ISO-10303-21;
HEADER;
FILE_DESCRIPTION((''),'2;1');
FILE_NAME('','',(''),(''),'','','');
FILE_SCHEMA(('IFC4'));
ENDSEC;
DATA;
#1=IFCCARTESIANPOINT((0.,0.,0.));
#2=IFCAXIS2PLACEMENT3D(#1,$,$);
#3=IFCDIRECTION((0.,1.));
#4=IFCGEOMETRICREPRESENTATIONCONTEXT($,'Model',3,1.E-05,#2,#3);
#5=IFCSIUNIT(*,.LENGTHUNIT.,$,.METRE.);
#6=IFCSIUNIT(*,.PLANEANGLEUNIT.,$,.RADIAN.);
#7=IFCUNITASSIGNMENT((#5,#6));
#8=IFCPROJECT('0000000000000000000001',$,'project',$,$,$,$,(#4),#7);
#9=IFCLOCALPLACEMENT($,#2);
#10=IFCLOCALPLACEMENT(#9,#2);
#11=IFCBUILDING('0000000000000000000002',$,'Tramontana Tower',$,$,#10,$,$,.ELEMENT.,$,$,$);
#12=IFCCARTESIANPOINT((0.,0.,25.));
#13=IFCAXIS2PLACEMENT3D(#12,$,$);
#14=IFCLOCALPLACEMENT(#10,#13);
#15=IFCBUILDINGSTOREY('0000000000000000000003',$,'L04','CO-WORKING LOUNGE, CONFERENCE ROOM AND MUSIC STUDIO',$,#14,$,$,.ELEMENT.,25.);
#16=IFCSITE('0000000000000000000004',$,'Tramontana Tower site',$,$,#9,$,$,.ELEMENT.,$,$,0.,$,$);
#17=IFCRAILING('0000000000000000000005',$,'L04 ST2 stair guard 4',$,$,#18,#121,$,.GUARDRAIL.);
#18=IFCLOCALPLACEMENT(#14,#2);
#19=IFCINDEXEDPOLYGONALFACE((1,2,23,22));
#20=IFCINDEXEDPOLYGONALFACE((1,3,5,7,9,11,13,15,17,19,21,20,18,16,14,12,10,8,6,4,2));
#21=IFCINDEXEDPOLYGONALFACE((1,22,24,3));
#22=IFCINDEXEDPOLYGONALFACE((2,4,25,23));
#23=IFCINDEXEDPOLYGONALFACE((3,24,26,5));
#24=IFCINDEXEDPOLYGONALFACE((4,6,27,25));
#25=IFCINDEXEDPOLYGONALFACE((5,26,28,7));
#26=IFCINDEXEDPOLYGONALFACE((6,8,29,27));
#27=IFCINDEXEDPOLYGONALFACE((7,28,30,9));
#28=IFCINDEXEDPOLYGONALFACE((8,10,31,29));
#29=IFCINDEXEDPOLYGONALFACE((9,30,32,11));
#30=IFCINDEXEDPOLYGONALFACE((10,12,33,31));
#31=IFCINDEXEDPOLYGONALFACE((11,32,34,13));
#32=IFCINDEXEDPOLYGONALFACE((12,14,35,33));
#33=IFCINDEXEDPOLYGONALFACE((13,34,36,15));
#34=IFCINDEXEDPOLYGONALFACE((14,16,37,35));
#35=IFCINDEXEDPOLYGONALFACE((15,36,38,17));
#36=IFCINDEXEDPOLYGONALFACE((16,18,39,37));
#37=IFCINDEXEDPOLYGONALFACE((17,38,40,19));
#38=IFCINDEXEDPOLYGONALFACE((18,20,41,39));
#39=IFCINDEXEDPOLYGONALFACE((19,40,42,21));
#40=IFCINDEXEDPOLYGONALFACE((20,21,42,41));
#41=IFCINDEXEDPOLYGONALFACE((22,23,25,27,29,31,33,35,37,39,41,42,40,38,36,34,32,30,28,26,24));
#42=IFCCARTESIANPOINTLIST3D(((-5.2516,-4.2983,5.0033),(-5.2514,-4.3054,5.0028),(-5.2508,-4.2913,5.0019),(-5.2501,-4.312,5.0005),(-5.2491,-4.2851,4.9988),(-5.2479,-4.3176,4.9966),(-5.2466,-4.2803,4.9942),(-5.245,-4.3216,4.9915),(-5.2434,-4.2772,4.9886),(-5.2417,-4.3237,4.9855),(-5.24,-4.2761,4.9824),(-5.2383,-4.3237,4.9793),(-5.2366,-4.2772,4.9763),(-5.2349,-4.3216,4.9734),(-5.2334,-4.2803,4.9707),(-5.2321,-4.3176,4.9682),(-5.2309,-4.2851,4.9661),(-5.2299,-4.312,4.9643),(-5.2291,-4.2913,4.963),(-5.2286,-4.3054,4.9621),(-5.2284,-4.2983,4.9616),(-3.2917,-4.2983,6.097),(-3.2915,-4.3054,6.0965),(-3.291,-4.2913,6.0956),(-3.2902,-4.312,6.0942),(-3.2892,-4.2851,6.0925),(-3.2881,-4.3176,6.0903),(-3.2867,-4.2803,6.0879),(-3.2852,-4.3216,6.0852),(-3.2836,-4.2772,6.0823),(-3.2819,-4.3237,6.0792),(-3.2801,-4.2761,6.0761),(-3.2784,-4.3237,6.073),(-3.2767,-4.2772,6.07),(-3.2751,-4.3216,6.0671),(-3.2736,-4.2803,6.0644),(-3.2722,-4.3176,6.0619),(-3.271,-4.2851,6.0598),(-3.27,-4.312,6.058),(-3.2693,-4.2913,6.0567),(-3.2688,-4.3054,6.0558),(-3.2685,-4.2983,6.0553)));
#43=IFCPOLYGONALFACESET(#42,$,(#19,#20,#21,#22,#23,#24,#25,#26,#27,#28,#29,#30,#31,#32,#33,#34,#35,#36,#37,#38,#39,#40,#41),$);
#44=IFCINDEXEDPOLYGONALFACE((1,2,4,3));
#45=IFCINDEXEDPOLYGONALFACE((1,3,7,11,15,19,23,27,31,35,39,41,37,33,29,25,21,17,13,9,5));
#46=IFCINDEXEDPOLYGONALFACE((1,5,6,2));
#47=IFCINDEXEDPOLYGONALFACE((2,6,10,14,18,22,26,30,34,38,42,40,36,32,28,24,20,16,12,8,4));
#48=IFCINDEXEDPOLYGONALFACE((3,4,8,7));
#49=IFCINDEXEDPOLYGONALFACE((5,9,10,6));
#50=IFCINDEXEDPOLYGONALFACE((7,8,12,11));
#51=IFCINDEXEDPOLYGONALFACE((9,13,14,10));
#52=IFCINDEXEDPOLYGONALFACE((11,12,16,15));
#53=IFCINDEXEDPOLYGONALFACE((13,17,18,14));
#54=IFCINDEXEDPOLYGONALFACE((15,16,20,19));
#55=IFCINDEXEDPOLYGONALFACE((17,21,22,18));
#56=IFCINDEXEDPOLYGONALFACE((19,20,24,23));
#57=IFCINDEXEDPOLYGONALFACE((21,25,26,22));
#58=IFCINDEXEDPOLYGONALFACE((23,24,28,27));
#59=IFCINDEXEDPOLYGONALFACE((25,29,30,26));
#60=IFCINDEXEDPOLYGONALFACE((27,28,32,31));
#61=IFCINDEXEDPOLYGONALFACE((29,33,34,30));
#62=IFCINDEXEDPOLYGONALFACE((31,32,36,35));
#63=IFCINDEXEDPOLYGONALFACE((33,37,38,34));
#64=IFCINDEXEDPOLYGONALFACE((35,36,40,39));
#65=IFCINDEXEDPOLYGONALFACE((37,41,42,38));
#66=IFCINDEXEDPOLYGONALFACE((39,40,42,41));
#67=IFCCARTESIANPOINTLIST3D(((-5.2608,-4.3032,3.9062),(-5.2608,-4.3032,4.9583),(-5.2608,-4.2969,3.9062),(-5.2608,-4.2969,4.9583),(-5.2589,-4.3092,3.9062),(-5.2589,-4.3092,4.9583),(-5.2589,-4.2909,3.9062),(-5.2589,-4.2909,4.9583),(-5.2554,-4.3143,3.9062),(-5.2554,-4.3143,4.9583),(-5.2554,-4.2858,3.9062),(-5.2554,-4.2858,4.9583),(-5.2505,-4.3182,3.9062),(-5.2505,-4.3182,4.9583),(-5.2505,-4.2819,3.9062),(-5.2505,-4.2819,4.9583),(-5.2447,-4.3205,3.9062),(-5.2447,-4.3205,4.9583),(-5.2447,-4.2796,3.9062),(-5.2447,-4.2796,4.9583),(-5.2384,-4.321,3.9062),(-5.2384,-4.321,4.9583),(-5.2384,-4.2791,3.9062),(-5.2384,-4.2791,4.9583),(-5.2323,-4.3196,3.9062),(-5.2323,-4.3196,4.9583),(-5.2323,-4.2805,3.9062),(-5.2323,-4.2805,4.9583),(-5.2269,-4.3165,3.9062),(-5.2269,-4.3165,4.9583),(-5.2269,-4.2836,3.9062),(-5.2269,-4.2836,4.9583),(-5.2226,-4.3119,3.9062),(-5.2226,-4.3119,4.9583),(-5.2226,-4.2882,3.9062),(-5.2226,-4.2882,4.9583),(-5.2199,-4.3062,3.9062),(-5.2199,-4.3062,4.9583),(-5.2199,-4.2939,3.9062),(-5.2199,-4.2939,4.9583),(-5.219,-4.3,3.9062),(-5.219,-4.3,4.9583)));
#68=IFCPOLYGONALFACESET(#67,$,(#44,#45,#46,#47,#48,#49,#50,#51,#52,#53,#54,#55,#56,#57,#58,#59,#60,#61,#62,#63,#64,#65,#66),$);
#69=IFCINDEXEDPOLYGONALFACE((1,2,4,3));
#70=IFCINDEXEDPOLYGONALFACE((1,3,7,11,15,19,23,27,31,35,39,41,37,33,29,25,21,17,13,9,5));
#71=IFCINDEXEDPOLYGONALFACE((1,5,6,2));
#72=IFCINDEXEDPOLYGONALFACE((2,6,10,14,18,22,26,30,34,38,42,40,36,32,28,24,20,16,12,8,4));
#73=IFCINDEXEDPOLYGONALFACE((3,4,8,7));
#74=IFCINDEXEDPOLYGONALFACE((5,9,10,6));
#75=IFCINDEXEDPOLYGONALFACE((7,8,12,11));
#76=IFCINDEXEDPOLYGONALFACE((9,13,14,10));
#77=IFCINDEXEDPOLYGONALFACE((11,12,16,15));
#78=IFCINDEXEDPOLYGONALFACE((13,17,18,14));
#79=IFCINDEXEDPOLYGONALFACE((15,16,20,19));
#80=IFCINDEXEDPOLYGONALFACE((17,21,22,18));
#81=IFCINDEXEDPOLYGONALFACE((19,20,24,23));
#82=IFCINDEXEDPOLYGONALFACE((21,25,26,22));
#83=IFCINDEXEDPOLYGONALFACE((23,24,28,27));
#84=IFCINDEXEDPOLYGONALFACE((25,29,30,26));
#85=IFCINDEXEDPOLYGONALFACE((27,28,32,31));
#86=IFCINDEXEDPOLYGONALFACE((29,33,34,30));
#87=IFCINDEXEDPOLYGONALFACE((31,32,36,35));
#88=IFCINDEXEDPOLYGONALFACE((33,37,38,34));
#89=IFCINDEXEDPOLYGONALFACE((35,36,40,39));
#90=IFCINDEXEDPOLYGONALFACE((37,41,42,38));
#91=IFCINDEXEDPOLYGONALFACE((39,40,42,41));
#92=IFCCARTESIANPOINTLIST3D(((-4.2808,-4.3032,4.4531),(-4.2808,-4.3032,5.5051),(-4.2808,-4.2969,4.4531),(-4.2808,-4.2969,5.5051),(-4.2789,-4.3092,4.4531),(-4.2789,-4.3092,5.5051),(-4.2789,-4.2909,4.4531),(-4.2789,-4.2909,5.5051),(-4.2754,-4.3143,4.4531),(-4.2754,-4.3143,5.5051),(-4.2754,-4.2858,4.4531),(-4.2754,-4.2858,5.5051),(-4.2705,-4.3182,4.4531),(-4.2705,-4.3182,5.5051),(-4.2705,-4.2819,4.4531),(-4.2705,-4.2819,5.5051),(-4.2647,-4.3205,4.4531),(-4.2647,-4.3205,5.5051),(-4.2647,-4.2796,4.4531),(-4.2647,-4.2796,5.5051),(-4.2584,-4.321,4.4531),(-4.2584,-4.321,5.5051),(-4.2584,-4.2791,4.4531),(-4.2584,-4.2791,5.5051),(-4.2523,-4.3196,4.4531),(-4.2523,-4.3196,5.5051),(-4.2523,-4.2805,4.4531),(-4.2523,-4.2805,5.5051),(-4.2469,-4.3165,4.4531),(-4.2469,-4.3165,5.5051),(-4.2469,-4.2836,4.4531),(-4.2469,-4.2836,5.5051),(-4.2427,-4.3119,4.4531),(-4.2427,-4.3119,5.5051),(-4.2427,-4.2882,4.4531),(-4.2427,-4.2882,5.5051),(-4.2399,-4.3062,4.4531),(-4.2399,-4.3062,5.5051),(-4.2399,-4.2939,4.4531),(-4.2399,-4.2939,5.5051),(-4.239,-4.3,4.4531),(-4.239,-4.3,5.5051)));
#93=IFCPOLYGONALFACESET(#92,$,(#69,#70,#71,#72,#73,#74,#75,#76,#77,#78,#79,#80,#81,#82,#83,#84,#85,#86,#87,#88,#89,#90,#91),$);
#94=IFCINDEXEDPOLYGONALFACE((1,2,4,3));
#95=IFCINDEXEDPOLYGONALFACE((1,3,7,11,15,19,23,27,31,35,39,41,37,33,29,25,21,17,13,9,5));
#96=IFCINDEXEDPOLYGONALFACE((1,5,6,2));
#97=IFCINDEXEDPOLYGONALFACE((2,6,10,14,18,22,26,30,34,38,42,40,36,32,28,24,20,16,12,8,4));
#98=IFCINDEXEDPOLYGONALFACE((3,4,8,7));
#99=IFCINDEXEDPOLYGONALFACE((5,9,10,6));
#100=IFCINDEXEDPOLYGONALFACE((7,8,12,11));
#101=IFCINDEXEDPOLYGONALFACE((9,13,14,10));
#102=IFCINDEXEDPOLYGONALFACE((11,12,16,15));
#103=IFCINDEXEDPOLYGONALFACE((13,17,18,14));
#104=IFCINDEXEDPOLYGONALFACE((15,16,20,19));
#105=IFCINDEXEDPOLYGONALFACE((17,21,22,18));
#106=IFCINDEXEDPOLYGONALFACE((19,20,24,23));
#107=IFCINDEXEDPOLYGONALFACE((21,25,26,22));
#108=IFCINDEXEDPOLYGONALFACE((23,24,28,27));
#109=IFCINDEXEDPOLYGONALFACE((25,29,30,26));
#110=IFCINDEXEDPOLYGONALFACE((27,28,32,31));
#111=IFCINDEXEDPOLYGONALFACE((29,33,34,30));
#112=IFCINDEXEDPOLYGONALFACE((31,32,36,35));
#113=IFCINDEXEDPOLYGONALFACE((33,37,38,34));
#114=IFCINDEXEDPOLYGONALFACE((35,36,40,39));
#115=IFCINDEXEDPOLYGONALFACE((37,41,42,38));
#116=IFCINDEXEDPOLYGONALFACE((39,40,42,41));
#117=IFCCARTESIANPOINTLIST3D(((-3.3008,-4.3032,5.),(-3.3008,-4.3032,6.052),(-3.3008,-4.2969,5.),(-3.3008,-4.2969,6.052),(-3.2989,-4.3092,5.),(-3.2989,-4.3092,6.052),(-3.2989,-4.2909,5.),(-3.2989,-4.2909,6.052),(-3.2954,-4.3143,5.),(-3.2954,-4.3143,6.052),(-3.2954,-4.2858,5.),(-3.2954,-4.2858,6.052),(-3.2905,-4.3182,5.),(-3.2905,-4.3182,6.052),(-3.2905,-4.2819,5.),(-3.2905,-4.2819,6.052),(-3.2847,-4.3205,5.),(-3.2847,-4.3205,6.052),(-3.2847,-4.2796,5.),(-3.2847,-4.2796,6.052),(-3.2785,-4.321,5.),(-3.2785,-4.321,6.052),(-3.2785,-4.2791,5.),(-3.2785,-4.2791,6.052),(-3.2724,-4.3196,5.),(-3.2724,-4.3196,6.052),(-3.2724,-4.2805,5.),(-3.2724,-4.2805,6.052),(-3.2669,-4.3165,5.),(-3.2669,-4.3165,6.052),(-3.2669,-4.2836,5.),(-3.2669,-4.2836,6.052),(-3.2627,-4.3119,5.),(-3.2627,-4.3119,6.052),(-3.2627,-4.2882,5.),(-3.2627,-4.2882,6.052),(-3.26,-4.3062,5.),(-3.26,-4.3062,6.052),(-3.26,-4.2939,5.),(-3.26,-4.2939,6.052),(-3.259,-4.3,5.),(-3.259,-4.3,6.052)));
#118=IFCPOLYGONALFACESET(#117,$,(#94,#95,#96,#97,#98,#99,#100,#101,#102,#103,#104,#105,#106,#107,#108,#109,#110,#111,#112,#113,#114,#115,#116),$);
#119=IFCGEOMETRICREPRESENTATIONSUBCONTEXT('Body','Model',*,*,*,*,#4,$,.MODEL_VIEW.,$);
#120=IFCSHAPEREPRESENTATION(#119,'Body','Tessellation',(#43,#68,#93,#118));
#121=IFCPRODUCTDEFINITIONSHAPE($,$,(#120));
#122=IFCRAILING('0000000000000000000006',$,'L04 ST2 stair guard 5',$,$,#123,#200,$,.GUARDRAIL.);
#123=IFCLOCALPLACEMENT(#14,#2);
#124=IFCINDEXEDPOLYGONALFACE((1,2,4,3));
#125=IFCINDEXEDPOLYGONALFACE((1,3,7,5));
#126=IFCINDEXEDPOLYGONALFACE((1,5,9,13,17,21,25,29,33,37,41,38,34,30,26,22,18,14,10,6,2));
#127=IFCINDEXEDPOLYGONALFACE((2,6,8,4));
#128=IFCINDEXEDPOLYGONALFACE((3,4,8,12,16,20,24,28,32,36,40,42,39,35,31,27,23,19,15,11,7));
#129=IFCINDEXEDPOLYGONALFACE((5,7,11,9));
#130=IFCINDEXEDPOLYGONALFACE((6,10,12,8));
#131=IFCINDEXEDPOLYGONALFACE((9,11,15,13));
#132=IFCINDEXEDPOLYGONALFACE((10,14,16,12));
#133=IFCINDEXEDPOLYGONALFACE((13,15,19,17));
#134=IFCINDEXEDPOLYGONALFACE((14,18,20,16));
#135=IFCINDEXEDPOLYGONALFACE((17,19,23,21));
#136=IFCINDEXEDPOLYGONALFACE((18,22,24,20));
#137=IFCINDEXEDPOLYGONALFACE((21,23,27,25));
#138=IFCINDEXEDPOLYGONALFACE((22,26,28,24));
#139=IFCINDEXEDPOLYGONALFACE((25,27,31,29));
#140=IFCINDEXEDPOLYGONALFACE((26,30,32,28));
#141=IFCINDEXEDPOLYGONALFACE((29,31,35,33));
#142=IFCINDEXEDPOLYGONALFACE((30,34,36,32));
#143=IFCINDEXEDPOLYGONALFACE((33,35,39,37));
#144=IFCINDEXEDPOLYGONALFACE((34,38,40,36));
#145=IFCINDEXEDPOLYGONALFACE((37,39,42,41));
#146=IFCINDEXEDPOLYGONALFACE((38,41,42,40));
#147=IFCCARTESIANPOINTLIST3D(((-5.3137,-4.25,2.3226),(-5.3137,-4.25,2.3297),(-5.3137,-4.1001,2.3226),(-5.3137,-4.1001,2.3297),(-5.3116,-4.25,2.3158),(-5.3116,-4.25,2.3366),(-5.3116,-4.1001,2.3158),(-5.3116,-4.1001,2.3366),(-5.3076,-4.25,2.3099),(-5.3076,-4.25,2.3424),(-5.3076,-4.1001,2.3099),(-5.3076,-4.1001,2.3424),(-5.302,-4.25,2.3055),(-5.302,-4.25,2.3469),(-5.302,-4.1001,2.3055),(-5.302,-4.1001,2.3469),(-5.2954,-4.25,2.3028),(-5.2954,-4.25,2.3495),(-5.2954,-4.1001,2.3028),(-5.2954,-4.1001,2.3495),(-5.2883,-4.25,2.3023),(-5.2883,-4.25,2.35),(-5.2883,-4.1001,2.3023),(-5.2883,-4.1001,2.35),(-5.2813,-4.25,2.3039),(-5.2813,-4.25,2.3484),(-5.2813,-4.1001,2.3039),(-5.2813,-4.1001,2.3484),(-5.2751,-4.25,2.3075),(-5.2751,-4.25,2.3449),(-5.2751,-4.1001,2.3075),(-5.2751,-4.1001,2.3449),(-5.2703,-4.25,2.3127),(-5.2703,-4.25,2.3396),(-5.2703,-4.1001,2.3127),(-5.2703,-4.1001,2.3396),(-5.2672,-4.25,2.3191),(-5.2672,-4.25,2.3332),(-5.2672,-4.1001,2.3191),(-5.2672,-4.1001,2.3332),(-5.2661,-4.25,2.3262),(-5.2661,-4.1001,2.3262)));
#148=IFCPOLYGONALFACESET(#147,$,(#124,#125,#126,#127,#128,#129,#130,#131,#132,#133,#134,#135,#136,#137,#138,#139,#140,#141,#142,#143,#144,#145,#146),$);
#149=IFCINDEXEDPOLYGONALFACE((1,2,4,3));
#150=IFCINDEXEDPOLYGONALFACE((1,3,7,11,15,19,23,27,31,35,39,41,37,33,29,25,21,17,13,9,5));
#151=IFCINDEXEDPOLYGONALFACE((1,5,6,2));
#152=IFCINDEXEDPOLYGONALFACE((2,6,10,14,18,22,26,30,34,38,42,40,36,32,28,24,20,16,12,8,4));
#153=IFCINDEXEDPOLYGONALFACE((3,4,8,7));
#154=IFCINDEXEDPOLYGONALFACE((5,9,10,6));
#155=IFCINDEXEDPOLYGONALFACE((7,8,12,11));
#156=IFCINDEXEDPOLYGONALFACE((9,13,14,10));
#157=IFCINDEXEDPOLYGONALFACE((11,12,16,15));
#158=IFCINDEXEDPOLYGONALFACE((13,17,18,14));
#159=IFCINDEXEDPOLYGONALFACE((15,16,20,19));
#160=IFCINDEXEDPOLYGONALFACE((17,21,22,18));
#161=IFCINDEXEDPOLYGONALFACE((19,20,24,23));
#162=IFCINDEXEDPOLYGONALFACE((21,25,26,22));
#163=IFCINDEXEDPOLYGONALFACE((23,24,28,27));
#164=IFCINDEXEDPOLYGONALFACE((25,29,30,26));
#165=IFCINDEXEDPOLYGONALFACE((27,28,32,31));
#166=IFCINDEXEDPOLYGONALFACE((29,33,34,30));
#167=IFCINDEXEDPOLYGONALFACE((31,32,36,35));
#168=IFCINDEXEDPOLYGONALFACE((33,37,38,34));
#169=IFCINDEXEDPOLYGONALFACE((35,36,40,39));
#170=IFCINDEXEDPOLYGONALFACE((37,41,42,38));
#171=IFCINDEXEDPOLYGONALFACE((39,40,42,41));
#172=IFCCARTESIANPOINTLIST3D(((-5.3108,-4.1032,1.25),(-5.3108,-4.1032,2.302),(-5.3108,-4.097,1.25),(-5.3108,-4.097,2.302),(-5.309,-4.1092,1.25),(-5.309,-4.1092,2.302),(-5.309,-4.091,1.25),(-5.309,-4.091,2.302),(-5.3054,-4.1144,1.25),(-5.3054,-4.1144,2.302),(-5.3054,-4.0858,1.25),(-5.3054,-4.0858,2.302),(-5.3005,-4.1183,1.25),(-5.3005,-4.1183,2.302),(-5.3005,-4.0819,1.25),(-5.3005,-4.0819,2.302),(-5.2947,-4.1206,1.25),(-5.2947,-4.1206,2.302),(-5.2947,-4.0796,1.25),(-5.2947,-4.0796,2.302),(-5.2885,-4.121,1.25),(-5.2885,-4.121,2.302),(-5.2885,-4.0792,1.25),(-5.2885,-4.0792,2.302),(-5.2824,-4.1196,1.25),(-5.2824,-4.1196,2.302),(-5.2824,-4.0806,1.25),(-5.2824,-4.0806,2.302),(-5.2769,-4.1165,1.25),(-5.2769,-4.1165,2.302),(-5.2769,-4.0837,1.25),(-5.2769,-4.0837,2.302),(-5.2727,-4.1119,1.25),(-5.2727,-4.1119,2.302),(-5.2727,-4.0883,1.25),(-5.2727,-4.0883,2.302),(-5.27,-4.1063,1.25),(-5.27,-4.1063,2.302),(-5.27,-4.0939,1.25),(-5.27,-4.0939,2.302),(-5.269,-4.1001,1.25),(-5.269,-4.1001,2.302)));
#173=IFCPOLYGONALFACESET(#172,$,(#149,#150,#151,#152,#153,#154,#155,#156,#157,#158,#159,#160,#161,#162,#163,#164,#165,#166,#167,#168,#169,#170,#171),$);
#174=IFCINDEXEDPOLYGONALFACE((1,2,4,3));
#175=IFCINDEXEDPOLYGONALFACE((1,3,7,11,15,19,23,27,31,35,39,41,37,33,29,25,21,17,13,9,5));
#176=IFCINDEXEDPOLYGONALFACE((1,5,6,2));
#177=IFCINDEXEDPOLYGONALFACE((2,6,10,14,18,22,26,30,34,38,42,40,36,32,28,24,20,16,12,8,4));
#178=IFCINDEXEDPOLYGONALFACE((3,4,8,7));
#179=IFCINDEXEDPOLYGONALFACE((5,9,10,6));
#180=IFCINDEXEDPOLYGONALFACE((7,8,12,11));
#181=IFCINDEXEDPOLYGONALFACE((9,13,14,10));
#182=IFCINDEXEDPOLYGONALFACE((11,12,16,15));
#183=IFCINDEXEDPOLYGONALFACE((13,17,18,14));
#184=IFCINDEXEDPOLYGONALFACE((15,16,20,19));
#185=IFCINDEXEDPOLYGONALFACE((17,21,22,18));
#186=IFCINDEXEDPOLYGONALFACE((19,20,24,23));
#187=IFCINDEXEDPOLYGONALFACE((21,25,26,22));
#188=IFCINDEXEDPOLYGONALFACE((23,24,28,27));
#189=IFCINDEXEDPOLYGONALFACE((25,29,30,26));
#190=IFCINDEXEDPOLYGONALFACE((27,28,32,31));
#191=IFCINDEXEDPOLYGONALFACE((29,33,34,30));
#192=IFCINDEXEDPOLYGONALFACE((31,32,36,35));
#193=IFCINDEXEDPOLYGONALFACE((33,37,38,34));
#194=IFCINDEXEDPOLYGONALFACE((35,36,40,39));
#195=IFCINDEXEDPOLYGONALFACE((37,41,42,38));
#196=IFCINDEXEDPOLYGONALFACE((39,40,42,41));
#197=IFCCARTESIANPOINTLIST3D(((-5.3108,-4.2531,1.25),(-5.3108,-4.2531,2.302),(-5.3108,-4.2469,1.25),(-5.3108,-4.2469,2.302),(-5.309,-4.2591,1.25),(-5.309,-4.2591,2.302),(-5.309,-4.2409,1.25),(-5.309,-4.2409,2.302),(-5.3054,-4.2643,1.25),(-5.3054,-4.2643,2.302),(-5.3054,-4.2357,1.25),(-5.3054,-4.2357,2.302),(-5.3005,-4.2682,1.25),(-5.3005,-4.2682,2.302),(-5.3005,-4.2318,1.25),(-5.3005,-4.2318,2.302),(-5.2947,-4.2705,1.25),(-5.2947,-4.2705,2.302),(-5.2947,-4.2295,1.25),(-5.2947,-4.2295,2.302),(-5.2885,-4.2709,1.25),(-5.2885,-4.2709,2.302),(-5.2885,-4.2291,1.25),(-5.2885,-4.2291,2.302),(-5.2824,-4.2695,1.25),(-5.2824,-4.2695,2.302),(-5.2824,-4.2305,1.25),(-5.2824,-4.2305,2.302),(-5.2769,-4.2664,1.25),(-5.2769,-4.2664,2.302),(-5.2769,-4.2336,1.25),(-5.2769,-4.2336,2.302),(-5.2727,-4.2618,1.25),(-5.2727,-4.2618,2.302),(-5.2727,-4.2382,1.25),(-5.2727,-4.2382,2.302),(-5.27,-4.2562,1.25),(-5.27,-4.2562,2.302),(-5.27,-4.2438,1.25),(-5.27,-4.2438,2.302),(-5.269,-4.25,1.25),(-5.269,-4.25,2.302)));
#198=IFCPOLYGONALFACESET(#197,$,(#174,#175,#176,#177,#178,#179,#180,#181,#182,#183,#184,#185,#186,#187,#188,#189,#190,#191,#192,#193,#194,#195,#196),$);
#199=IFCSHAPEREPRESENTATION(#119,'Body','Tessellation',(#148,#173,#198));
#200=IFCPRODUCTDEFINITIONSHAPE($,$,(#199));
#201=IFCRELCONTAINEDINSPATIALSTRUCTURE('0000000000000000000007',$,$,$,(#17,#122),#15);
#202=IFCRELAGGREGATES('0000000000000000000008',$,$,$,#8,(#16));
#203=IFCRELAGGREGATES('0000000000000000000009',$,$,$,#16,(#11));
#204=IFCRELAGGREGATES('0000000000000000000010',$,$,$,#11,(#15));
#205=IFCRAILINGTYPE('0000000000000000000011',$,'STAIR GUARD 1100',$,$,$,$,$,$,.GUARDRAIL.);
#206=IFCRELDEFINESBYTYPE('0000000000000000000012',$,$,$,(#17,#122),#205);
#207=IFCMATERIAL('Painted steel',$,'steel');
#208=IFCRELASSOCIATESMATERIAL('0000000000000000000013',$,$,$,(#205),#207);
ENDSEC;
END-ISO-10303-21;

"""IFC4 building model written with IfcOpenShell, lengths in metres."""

from ifc_helpers import new_model, si_unit, direction, frame, origin, origin_2d, place, context, subcontext, project, spatial, circle, extrude, material, type_object, element, save


model = new_model("IFC4")

# Units and contexts
model_context = context("Model", 3, precision=1e-05, world=origin(), true_north=direction((0.0, 1.0)))
body_context = subcontext(model_context, "Body", "Model", "MODEL_VIEW")
ifc_project = project(units=[si_unit("LENGTHUNIT", "METRE"), si_unit("PLANEANGLEUNIT", "RADIAN")], contexts=[model_context])

# Site, building, storey
site_placement = place(None, origin())
site = spatial("IfcSite", under=ifc_project, at=site_placement, Name="Tramontana Tower site", CompositionType="ELEMENT", RefElevation=0.0)
building_placement = place(site_placement, origin())
building = spatial("IfcBuilding", under=site, at=building_placement, Name="Tramontana Tower", CompositionType="ELEMENT")
storey_placement = place(building_placement, frame((0.0, 0.0, 25.0)))
storey = spatial("IfcBuildingStorey", under=building, at=storey_placement, Name="L04", Description="CO-WORKING LOUNGE, CONFERENCE ROOM AND MUSIC STUDIO", CompositionType="ELEMENT", Elevation=25.0)

# Railings
ifc_material_1 = material(Name="Painted steel", Category="steel")
railing_type_1 = type_object("IfcRailingType", Name="STAIR GUARD 1100", PredefinedType="GUARDRAIL", material=ifc_material_1)
railing_1_placement = place(storey_placement, frame((-5.24, -4.3, 3.9062)))
element("IfcRailing", 1, at=railing_1_placement, inside=storey, type_object=railing_type_1, Name="L04 ST2 stair guard 4", PredefinedType="GUARDRAIL", context=body_context, shape_type="SweptSolid", body=[
    extrude(circle(Radius=0.0239, at=origin_2d()), frame((0.0, 0.0, 1.0762), z_axis=(0.873232, 0.0, 0.487304), x_axis=(0.0, 1.0, 0.0)), (0.0, 0.0, 1.0), 2.2444),
    extrude(circle(Radius=0.021, at=origin_2d()), origin(), (0.0, 0.0, 1.0), 1.052),
    extrude(circle(Radius=0.021, at=origin_2d()), frame((0.98, 0.0, 0.5469)), (0.0, 0.0, 1.0), 1.052),
    extrude(circle(Radius=0.021, at=origin_2d()), frame((1.96, 0.0, 1.0938)), (0.0, 0.0, 1.0), 1.052),
])
for number, where, name in (
    (2, (-5.29, -4.1001, 1.25), "L04 ST2 stair guard 5"),
):
    element("IfcRailing", number, at=place(storey_placement, frame(where)), inside=storey, type_object=railing_type_1, Name=name, PredefinedType="GUARDRAIL", context=body_context, shape_type="SweptSolid", body=[
        extrude(circle(Radius=0.0239, at=origin_2d()), frame((0.0, 0.0, 1.0762), z_axis=(0.0, -1.0, 0.0), x_axis=(1.0, 0.0, 0.0)), (0.0, 0.0, 1.0), 0.1499),
        extrude(circle(Radius=0.021, at=origin_2d()), origin(), (0.0, 0.0, 1.0), 1.052),
        extrude(circle(Radius=0.021, at=origin_2d()), frame((0.0, -0.1499, 0.0)), (0.0, 0.0, 1.0), 1.052),
    ])

save(model, "model.ifc")
